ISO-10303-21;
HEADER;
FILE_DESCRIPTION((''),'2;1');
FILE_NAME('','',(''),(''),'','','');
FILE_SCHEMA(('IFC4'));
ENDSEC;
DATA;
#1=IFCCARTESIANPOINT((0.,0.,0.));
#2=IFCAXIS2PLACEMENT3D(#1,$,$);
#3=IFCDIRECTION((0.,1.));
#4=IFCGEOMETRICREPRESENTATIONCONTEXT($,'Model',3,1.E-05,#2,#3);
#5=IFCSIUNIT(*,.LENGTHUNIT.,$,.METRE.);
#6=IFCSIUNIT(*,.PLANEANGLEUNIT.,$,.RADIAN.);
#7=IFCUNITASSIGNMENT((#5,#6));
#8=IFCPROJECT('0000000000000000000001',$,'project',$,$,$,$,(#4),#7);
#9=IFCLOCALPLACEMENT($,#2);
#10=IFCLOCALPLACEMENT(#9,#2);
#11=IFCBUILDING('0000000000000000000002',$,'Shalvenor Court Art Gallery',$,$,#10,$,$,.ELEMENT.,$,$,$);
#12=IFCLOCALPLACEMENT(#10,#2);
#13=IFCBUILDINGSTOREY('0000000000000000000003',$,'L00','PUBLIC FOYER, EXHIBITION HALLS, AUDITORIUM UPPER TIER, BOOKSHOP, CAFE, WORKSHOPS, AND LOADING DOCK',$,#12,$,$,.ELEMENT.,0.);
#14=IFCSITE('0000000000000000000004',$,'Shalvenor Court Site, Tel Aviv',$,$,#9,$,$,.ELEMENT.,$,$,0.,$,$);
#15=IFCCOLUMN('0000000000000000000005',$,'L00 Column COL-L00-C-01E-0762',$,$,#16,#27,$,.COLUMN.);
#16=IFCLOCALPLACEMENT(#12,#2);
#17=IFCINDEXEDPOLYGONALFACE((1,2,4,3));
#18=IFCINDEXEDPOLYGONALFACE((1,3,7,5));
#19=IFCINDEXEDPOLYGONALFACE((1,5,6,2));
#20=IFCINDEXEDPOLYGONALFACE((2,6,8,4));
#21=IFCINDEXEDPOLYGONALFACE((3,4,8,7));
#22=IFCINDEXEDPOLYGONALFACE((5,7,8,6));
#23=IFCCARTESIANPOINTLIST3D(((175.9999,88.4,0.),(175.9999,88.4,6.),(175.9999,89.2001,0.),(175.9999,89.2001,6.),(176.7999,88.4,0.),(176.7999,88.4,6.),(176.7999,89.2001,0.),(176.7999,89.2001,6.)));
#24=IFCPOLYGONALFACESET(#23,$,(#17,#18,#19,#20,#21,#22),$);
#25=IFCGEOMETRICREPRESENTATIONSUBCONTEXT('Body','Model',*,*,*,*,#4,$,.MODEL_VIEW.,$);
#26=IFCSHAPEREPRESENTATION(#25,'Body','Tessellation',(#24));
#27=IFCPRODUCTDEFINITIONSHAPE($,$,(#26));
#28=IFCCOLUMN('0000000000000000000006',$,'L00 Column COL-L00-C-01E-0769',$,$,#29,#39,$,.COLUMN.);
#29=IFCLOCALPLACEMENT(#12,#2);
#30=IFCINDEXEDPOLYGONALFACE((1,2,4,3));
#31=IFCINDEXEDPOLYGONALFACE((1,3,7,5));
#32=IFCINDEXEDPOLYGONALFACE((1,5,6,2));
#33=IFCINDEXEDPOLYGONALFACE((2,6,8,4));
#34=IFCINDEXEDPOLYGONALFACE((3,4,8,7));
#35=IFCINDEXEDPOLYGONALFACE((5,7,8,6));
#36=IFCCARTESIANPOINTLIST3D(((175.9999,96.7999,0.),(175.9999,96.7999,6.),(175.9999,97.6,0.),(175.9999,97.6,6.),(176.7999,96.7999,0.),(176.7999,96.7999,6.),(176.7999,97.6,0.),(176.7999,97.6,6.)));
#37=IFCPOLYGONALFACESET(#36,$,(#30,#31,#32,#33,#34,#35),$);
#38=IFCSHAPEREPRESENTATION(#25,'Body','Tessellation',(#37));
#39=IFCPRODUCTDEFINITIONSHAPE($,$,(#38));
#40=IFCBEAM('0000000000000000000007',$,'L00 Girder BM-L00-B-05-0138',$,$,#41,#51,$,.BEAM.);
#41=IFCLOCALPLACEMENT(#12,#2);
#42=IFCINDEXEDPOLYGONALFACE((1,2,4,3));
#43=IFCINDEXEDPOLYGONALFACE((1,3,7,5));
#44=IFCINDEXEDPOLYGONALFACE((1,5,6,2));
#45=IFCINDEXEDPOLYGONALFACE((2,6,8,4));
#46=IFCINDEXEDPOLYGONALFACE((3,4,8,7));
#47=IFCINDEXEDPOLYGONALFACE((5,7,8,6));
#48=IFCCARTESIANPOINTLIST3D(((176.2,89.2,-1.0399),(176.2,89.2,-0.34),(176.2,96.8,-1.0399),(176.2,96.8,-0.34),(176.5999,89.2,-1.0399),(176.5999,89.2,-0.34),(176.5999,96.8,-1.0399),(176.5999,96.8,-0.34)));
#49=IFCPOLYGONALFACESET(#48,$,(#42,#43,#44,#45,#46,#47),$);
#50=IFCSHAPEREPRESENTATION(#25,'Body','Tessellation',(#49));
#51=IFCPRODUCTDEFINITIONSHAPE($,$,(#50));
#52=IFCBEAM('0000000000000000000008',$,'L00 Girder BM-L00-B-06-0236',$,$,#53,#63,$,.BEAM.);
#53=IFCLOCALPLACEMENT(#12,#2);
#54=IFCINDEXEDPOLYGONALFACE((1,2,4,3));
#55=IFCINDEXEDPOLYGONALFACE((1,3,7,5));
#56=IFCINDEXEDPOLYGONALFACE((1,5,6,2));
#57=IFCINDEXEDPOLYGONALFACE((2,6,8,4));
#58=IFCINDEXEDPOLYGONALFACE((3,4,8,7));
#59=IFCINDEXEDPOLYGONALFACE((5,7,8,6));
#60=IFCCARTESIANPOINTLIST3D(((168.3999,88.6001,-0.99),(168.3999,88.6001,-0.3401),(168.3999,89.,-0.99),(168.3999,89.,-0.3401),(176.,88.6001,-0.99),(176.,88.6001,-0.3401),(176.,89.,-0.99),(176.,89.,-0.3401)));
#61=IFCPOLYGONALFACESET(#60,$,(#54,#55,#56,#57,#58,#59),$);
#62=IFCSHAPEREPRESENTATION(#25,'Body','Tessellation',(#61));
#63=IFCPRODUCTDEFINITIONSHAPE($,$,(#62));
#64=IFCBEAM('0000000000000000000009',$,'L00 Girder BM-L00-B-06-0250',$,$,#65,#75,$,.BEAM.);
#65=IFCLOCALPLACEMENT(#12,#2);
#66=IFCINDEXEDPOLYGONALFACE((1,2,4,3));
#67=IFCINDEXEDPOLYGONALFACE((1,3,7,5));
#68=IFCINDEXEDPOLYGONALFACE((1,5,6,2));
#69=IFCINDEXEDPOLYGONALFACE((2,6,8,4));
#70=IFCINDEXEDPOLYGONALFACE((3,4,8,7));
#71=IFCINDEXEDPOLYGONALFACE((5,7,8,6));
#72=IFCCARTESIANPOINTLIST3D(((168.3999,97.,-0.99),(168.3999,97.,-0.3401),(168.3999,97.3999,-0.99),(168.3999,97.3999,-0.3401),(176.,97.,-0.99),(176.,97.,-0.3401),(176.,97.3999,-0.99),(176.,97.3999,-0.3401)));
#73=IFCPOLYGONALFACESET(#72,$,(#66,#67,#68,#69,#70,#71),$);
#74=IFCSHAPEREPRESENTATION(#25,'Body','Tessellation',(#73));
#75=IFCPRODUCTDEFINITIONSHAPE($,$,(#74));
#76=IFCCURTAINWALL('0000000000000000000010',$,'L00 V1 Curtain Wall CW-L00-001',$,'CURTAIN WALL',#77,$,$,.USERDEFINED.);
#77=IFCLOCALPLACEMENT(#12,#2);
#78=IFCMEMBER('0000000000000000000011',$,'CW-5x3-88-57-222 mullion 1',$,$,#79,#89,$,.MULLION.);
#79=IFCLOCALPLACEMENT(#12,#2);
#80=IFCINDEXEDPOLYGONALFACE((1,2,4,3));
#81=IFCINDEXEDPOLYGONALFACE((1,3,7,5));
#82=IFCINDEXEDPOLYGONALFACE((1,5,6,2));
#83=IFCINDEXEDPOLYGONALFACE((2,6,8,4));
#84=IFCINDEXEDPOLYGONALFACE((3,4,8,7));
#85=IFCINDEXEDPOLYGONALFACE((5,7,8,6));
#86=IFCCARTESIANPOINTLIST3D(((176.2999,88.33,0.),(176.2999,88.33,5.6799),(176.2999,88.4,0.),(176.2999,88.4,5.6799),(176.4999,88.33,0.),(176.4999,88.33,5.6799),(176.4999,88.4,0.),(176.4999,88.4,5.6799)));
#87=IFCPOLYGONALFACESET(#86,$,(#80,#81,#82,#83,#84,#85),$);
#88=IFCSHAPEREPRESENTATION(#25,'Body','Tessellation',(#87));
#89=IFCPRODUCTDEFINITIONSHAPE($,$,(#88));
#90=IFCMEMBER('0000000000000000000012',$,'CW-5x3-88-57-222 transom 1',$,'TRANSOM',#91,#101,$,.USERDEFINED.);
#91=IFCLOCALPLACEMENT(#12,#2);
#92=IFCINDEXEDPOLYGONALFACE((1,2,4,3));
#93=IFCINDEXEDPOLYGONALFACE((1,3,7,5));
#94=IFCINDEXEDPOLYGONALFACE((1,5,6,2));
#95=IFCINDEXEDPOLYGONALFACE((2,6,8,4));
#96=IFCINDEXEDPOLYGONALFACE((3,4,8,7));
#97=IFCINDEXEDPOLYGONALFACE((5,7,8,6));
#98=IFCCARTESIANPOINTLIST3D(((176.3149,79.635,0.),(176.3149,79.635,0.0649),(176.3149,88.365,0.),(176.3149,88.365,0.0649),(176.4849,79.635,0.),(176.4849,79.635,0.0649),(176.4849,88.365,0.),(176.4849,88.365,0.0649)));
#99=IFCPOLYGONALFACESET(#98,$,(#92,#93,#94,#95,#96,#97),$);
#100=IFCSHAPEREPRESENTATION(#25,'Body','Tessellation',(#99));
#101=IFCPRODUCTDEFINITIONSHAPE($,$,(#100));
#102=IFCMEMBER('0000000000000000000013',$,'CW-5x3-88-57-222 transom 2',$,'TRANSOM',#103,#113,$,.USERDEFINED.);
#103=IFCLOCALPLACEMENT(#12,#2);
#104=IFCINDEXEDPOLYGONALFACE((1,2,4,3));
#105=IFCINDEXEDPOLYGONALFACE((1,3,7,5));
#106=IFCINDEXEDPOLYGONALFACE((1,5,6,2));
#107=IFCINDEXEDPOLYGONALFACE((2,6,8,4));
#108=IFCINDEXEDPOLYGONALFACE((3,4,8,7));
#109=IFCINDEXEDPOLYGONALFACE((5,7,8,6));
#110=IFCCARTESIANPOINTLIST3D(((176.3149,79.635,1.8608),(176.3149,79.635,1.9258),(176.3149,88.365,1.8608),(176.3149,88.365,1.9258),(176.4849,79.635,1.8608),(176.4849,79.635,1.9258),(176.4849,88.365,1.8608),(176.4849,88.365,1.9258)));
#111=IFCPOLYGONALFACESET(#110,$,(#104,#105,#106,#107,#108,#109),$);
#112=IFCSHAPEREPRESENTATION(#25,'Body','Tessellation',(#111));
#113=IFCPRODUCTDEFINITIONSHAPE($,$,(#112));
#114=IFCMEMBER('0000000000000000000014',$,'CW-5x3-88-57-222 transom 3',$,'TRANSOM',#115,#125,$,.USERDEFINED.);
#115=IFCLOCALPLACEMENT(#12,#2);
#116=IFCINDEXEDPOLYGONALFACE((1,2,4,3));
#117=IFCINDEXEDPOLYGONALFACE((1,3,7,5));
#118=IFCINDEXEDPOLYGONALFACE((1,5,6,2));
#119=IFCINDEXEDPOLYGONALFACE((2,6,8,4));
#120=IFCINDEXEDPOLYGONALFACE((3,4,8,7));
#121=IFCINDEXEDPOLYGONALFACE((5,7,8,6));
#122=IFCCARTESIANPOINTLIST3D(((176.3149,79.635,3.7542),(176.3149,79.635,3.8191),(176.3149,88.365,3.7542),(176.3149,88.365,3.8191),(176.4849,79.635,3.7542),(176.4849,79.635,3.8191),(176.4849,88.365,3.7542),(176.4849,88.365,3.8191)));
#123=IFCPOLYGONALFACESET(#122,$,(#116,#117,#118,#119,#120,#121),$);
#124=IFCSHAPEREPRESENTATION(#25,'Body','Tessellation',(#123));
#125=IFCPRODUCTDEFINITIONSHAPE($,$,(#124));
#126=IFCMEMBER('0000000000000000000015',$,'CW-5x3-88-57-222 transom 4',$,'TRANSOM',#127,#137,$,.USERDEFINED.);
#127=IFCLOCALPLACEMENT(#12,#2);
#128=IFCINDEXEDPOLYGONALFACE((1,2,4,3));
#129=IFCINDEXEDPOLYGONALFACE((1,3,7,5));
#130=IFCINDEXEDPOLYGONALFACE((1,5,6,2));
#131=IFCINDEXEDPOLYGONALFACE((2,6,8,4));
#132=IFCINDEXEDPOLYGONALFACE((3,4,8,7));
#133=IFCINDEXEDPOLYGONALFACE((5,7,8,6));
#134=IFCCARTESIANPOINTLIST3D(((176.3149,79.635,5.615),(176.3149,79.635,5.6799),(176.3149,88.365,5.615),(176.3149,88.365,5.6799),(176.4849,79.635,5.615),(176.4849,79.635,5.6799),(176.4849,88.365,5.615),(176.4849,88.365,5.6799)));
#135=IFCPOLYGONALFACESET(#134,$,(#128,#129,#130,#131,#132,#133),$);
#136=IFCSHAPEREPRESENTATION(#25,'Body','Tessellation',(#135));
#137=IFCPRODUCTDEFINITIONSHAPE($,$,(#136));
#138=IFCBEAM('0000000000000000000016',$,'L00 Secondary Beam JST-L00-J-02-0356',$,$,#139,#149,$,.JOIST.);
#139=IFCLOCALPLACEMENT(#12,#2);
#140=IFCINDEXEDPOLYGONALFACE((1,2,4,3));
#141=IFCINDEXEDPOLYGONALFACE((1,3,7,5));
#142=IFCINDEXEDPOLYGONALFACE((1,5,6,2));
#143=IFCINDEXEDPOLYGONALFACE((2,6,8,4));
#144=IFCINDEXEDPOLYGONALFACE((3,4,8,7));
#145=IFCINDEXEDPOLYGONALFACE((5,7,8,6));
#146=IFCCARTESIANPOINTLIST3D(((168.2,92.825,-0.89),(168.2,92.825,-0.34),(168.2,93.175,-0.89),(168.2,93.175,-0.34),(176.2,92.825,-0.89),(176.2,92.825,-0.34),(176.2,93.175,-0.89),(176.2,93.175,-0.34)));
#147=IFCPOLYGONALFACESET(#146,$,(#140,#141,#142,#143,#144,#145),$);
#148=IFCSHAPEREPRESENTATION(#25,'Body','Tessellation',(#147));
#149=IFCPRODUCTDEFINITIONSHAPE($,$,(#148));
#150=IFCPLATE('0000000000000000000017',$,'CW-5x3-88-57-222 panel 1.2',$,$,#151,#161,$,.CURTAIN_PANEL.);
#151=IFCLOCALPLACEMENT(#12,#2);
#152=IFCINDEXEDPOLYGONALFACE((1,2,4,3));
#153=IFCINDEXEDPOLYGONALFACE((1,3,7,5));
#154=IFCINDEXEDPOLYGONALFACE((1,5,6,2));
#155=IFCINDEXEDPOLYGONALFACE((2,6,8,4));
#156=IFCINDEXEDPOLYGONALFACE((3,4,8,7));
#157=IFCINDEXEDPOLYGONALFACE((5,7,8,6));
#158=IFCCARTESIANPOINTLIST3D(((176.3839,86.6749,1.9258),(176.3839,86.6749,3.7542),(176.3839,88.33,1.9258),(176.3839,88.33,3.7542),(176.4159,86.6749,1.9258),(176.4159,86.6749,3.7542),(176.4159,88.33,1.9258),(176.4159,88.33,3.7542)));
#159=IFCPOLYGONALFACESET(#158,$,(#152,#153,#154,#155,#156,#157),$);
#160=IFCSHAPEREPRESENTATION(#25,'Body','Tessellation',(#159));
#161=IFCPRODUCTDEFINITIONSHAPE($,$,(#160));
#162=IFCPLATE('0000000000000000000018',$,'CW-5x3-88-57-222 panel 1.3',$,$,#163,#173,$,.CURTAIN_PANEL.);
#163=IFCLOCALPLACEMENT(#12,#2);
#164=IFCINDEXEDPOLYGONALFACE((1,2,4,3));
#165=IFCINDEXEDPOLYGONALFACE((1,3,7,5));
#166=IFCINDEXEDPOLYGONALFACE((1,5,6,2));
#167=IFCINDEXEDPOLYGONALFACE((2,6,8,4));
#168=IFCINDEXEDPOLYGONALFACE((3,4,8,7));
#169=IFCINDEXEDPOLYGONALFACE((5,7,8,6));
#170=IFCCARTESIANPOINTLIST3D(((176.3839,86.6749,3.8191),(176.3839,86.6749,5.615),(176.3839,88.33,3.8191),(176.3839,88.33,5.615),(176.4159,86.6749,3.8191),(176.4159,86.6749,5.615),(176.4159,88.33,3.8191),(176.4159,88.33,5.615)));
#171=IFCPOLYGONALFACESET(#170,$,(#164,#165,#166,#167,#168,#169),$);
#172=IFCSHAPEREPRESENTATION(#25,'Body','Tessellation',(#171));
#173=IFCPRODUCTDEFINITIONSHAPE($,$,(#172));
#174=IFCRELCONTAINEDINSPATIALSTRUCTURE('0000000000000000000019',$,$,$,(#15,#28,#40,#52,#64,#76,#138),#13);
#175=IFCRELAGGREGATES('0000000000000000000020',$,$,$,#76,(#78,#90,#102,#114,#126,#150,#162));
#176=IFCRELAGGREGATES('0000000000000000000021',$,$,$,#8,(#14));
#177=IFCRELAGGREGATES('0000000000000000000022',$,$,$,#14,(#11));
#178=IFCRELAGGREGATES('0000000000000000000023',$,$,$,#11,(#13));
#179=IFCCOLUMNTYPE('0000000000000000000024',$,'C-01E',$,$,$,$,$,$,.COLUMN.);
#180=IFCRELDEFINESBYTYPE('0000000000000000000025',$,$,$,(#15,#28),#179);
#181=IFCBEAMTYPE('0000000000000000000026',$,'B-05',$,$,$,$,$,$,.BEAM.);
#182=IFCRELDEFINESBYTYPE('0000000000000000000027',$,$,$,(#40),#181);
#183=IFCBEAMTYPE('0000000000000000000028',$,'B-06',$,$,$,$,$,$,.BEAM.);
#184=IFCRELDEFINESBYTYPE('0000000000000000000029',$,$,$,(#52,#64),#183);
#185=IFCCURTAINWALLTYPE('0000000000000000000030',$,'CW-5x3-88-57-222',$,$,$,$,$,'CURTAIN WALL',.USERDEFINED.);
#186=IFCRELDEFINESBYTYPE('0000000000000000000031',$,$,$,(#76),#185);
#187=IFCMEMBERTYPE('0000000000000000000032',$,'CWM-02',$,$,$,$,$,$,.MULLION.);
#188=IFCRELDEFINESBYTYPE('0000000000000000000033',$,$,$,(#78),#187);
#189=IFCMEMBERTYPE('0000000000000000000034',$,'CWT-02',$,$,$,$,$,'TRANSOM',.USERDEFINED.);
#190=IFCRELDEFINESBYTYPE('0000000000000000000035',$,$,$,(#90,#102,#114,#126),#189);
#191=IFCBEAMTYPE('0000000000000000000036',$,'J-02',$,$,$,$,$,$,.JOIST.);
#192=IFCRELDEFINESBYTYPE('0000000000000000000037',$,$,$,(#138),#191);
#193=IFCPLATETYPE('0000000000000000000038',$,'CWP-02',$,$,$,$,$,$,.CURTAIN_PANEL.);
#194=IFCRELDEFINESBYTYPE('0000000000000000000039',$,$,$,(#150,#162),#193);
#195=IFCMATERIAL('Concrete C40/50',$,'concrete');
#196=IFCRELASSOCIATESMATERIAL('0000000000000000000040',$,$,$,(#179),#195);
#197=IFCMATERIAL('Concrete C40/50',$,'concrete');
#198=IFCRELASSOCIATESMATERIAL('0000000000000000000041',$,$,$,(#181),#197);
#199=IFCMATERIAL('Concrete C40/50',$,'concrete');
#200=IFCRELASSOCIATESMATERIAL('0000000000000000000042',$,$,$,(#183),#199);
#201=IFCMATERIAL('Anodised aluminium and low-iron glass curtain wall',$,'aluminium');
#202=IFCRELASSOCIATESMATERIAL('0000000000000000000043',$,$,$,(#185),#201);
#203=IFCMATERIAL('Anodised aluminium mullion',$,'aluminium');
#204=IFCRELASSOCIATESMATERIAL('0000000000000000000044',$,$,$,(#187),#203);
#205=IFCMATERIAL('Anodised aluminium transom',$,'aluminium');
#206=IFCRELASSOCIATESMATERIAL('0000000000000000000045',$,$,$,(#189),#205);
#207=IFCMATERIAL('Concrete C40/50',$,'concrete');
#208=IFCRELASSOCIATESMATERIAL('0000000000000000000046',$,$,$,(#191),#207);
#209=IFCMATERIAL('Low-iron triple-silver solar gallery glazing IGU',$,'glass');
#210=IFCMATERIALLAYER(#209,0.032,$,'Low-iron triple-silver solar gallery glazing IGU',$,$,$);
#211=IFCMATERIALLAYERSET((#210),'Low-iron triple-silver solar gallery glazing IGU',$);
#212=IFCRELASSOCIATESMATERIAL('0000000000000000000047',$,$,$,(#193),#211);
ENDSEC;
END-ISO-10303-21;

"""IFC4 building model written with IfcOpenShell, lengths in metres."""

from ifc_helpers import new_model, si_unit, direction, frame, origin, origin_2d, place, context, subcontext, project, spatial, rectangle, extrude, material, layer, layer_set, material_profile, profile_set, type_object, element, aggregate, save


model = new_model("IFC4")

# Units and contexts
model_context = context("Model", 3, precision=1e-05, world=origin(), true_north=direction((0.0, 1.0)))
body_context = subcontext(model_context, "Body", "Model", "MODEL_VIEW")
ifc_project = project(units=[si_unit("LENGTHUNIT", "METRE"), si_unit("PLANEANGLEUNIT", "RADIAN")], contexts=[model_context])

# Site, building, storey
site_placement = place(None, origin())
site = spatial("IfcSite", under=ifc_project, at=site_placement, Name="Shalvenor Court Site, Tel Aviv", CompositionType="ELEMENT", RefElevation=0.0)
building_placement = place(site_placement, origin())
building = spatial("IfcBuilding", under=site, at=building_placement, Name="Shalvenor Court Art Gallery", CompositionType="ELEMENT")
storey_placement = place(building_placement, origin())
storey = spatial("IfcBuildingStorey", under=building, at=storey_placement, Name="L00", Description="PUBLIC FOYER, EXHIBITION HALLS, AUDITORIUM UPPER TIER, BOOKSHOP, CAFE, WORKSHOPS, AND LOADING DOCK", CompositionType="ELEMENT", Elevation=0.0)

# Columns
ifc_material_1 = material(Name="Concrete C40/50", Category="concrete")
ifc_material_profile_1 = material_profile(ifc_material_1, rectangle(XDim=0.8, YDim=0.8, at=origin_2d()), Name="RC 800x800")
ifc_profile_set_1 = profile_set([ifc_material_profile_1], Name="Concrete C40/50")
column_type = type_object("IfcColumnType", Name="C-01E", PredefinedType="COLUMN", material=ifc_profile_set_1)
for number, where, z_axis, x_axis, name in (
    (1, (176.3999, 88.8, 0.0), (0.0, 0.0, 1.0), (1.0, 0.0, 0.0), "L00 Column COL-L00-C-01E-0762"),
    (2, (176.3999, 97.2, 0.0), (0.0, 0.0, 1.0), (1.0, 0.0, 0.0), "L00 Column COL-L00-C-01E-0769"),
):
    element("IfcColumn", number, at=place(storey_placement, frame(where, z_axis=z_axis, x_axis=x_axis)), inside=storey, type_object=column_type, Name=name, PredefinedType="COLUMN", context=body_context, shape_type="SweptSolid", body=[
        extrude(rectangle(XDim=0.8, YDim=0.8, at=origin_2d()), origin(), (0.0, 0.0, 1.0), 6.0),
    ])

# Beams
ifc_material_2 = material(Name="Concrete C40/50", Category="concrete")
ifc_material_profile_2 = material_profile(ifc_material_2, rectangle(XDim=0.3999, YDim=0.7, at=origin_2d()), Name="RC 400x700")
ifc_profile_set_2 = profile_set([ifc_material_profile_2], Name="Concrete C40/50")
beam_type_1 = type_object("IfcBeamType", Name="B-05", PredefinedType="BEAM", material=ifc_profile_set_2)
beam_1_placement = place(storey_placement, frame((176.3999, 89.2, -0.6899), z_axis=(0.0, 1.0, 0.0), x_axis=(-1.0, 0.0, 0.0)))
element("IfcBeam", 3, at=beam_1_placement, inside=storey, type_object=beam_type_1, Name="L00 Girder BM-L00-B-05-0138", PredefinedType="BEAM", context=body_context, shape_type="SweptSolid", body=[
    extrude(rectangle(XDim=0.3999, YDim=0.7, at=origin_2d()), origin(), (0.0, 0.0, 1.0), 7.6001),
])
ifc_material_3 = material(Name="Concrete C40/50", Category="concrete")
ifc_material_profile_3 = material_profile(ifc_material_3, rectangle(XDim=0.3999, YDim=0.6499, at=origin_2d()), Name="RC 400x650")
ifc_profile_set_3 = profile_set([ifc_material_profile_3], Name="Concrete C40/50")
beam_type_2 = type_object("IfcBeamType", Name="B-06", PredefinedType="BEAM", material=ifc_profile_set_3)
for number, where, z_axis, x_axis, name in (
    (4, (168.3999, 88.8, -0.665), (1.0, 0.0, 0.0), (0.0, 1.0, 0.0), "L00 Girder BM-L00-B-06-0236"),
    (5, (168.3999, 97.2, -0.665), (1.0, 0.0, 0.0), (0.0, 1.0, 0.0), "L00 Girder BM-L00-B-06-0250"),
):
    element("IfcBeam", number, at=place(storey_placement, frame(where, z_axis=z_axis, x_axis=x_axis)), inside=storey, type_object=beam_type_2, Name=name, PredefinedType="BEAM", context=body_context, shape_type="SweptSolid", body=[
        extrude(rectangle(XDim=0.3999, YDim=0.6499, at=origin_2d()), origin(), (0.0, 0.0, 1.0), 7.6001),
    ])

# Curtain wall, members
ifc_material_4 = material(Name="Anodised aluminium and low-iron glass curtain wall", Category="aluminium")
curtain_wall_type = type_object("IfcCurtainWallType", Name="CW-5x3-88-57-222", ElementType="CURTAIN WALL", PredefinedType="USERDEFINED", material=ifc_material_4)
curtain_wall_placement = place(storey_placement, origin())
curtain_wall = element("IfcCurtainWall", 6, at=curtain_wall_placement, inside=storey, type_object=curtain_wall_type, Name="L00 V1 Curtain Wall CW-L00-001", ObjectType="CURTAIN WALL", PredefinedType="USERDEFINED")
ifc_material_5 = material(Name="Anodised aluminium mullion", Category="aluminium")
ifc_material_profile_4 = material_profile(ifc_material_5, rectangle(XDim=0.0701, YDim=0.2, at=origin_2d()), Name="CWM-02")
ifc_profile_set_4 = profile_set([ifc_material_profile_4], Name="Anodised aluminium mullion")
member_type_1 = type_object("IfcMemberType", Name="CWM-02", PredefinedType="MULLION", material=ifc_profile_set_4)
member_1_placement = place(storey_placement, frame((176.3999, 88.365, 0.0), z_axis=(0.0, 0.0, 1.0), x_axis=(0.0, -1.0, 0.0)))
member_1 = element("IfcMember", 7, at=member_1_placement, type_object=member_type_1, Name="CW-5x3-88-57-222 mullion 1", PredefinedType="MULLION", context=body_context, shape_type="SweptSolid", body=[
    extrude(rectangle(XDim=0.0701, YDim=0.2, at=origin_2d()), origin(), (0.0, 0.0, 1.0), 5.6799),
])
ifc_material_6 = material(Name="Anodised aluminium transom", Category="aluminium")
ifc_material_profile_5 = material_profile(ifc_material_6, rectangle(XDim=0.1699, YDim=0.0649, at=origin_2d()), Name="CWT-02")
ifc_profile_set_5 = profile_set([ifc_material_profile_5], Name="Anodised aluminium transom")
member_type_2 = type_object("IfcMemberType", Name="CWT-02", ElementType="TRANSOM", PredefinedType="USERDEFINED", material=ifc_profile_set_5)
member_2_placement = place(storey_placement, frame((176.3999, 88.365, 0.0325), z_axis=(0.0, -1.0, 0.0), x_axis=(1.0, 0.0, 0.0)))
member_2 = element("IfcMember", 8, at=member_2_placement, type_object=member_type_2, Name="CW-5x3-88-57-222 transom 1", ObjectType="TRANSOM", PredefinedType="USERDEFINED", context=body_context, shape_type="SweptSolid", body=[
    extrude(rectangle(XDim=0.1699, YDim=0.0649, at=origin_2d()), origin(), (0.0, 0.0, 1.0), 8.73),
])
member_3_placement = place(storey_placement, frame((176.3999, 88.365, 1.8933), z_axis=(0.0, -1.0, 0.0), x_axis=(1.0, 0.0, 0.0)))
member_3 = element("IfcMember", 9, at=member_3_placement, type_object=member_type_2, Name="CW-5x3-88-57-222 transom 2", ObjectType="TRANSOM", PredefinedType="USERDEFINED", context=body_context, shape_type="SweptSolid", body=[
    extrude(rectangle(XDim=0.1699, YDim=0.0649, at=origin_2d()), origin(), (0.0, 0.0, 1.0), 8.73),
])
member_4_placement = place(storey_placement, frame((176.3999, 88.365, 3.7866), z_axis=(0.0, -1.0, 0.0), x_axis=(1.0, 0.0, 0.0)))
member_4 = element("IfcMember", 10, at=member_4_placement, type_object=member_type_2, Name="CW-5x3-88-57-222 transom 3", ObjectType="TRANSOM", PredefinedType="USERDEFINED", context=body_context, shape_type="SweptSolid", body=[
    extrude(rectangle(XDim=0.1699, YDim=0.0649, at=origin_2d()), origin(), (0.0, 0.0, 1.0), 8.73),
])
member_5_placement = place(storey_placement, frame((176.3999, 88.365, 5.6475), z_axis=(0.0, -1.0, 0.0), x_axis=(1.0, 0.0, 0.0)))
member_5 = element("IfcMember", 11, at=member_5_placement, type_object=member_type_2, Name="CW-5x3-88-57-222 transom 4", ObjectType="TRANSOM", PredefinedType="USERDEFINED", context=body_context, shape_type="SweptSolid", body=[
    extrude(rectangle(XDim=0.1699, YDim=0.0649, at=origin_2d()), origin(), (0.0, 0.0, 1.0), 8.73),
])

# Beam
ifc_material_7 = material(Name="Concrete C40/50", Category="concrete")
ifc_material_profile_6 = material_profile(ifc_material_7, rectangle(XDim=0.3501, YDim=0.55, at=origin_2d()), Name="RC 350x550")
ifc_profile_set_6 = profile_set([ifc_material_profile_6], Name="Concrete C40/50")
beam_type_3 = type_object("IfcBeamType", Name="J-02", PredefinedType="JOIST", material=ifc_profile_set_6)
beam_2_placement = place(storey_placement, frame((168.2, 93.0, -0.615), z_axis=(1.0, 0.0, 0.0), x_axis=(0.0, 1.0, 0.0)))
element("IfcBeam", 12, at=beam_2_placement, inside=storey, type_object=beam_type_3, Name="L00 Secondary Beam JST-L00-J-02-0356", PredefinedType="JOIST", context=body_context, shape_type="SweptSolid", body=[
    extrude(rectangle(XDim=0.3501, YDim=0.55, at=origin_2d()), origin(), (0.0, 0.0, 1.0), 8.0),
])

# Plates
ifc_material_8 = material(Name="Low-iron triple-silver solar gallery glazing IGU", Category="glass")
ifc_layer_1 = layer(ifc_material_8, 0.032, Name="Low-iron triple-silver solar gallery glazing IGU")
ifc_layer_set_1 = layer_set([ifc_layer_1], Name="Low-iron triple-silver solar gallery glazing IGU")
plate_type = type_object("IfcPlateType", Name="CWP-02", PredefinedType="CURTAIN_PANEL", material=ifc_layer_set_1)
plate_1_placement = place(storey_placement, frame((176.3999, 87.5024, 1.9258), z_axis=(0.0, 0.0, 1.0), x_axis=(0.0, -1.0, 0.0)))
plate_1 = element("IfcPlate", 13, at=plate_1_placement, type_object=plate_type, Name="CW-5x3-88-57-222 panel 1.2", PredefinedType="CURTAIN_PANEL", context=body_context, shape_type="SweptSolid", body=[
    extrude(rectangle(XDim=1.655, YDim=0.032, at=origin_2d()), origin(), (0.0, 0.0, 1.0), 1.8284),
])
plate_2_placement = place(storey_placement, frame((176.3999, 87.5024, 3.8191), z_axis=(0.0, 0.0, 1.0), x_axis=(0.0, -1.0, 0.0)))
plate_2 = element("IfcPlate", 14, at=plate_2_placement, type_object=plate_type, Name="CW-5x3-88-57-222 panel 1.3", PredefinedType="CURTAIN_PANEL", context=body_context, shape_type="SweptSolid", body=[
    extrude(rectangle(XDim=1.655, YDim=0.032, at=origin_2d()), origin(), (0.0, 0.0, 1.0), 1.7959),
])
aggregate(curtain_wall, [member_1, member_2, member_3, member_4, member_5, plate_1, plate_2])

save(model, "model.ifc")
